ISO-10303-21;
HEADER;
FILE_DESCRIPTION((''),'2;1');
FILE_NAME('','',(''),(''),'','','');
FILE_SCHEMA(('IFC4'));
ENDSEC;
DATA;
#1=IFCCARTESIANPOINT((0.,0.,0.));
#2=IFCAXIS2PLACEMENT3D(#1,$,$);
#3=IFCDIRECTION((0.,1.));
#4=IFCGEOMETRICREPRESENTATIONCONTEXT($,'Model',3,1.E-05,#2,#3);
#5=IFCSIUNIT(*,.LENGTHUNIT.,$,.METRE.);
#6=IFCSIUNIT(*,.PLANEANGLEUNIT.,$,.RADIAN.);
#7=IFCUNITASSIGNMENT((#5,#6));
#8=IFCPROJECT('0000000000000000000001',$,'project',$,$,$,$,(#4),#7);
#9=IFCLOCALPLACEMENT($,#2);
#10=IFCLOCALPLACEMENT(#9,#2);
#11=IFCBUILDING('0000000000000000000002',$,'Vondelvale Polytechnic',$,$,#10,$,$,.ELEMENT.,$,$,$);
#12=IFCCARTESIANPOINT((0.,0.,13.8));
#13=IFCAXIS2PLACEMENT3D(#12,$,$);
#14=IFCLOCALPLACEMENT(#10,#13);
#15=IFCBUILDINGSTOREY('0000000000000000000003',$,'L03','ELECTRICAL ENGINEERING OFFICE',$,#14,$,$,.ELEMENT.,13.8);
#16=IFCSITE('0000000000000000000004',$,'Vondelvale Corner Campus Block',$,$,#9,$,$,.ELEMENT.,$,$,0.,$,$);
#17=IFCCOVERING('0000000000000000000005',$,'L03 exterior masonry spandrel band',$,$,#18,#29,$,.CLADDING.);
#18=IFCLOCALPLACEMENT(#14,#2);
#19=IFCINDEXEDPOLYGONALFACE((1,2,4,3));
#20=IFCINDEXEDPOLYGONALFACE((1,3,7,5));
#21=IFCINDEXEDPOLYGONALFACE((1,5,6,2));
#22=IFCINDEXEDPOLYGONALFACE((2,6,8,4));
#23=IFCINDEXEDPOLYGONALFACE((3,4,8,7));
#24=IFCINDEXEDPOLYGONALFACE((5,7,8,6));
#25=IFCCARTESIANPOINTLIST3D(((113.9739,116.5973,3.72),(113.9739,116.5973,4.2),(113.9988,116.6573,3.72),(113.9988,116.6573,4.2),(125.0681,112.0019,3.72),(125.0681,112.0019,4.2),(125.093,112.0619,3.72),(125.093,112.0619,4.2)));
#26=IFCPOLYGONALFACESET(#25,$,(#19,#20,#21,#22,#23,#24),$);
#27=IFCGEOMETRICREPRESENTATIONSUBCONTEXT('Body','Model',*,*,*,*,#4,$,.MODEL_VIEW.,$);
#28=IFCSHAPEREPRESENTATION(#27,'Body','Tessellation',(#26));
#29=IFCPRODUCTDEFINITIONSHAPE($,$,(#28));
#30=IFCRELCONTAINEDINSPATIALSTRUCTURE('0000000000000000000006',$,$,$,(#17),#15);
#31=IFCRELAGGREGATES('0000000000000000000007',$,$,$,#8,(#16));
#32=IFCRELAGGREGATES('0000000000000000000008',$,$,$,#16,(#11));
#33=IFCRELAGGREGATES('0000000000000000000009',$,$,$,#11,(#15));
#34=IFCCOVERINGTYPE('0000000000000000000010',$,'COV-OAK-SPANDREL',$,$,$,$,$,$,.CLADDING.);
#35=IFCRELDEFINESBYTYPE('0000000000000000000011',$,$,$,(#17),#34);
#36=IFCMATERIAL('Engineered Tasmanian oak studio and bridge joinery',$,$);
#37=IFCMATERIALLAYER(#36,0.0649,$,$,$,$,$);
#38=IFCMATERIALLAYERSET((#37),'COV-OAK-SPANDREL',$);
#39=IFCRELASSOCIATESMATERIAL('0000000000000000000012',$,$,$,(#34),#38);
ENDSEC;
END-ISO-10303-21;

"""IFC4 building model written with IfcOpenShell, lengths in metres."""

from ifc_helpers import new_model, si_unit, direction, frame, origin, origin_2d, place, context, subcontext, project, spatial, rectangle, extrude, material, layer, layer_set, type_object, element, save


model = new_model("IFC4")

# Units and contexts
model_context = context("Model", 3, precision=1e-05, world=origin(), true_north=direction((0.0, 1.0)))
body_context = subcontext(model_context, "Body", "Model", "MODEL_VIEW")
ifc_project = project(units=[si_unit("LENGTHUNIT", "METRE"), si_unit("PLANEANGLEUNIT", "RADIAN")], contexts=[model_context])

# Site, building, storey
site_placement = place(None, origin())
site = spatial("IfcSite", under=ifc_project, at=site_placement, Name="Vondelvale Corner Campus Block", CompositionType="ELEMENT", RefElevation=0.0)
building_placement = place(site_placement, origin())
building = spatial("IfcBuilding", under=site, at=building_placement, Name="Vondelvale Polytechnic", CompositionType="ELEMENT")
storey_placement = place(building_placement, frame((0.0, 0.0, 13.8)))
storey = spatial("IfcBuildingStorey", under=building, at=storey_placement, Name="L03", Description="ELECTRICAL ENGINEERING OFFICE", CompositionType="ELEMENT", Elevation=13.8)

# Shared definitions
ifc_material_1 = material(Name="Engineered Tasmanian oak studio and bridge joinery")

# Covering
ifc_layer_1 = layer(ifc_material_1, 0.0649)
ifc_layer_set_1 = layer_set([ifc_layer_1], Name="COV-OAK-SPANDREL")
covering_type = type_object("IfcCoveringType", Name="COV-OAK-SPANDREL", PredefinedType="CLADDING", material=ifc_layer_set_1)
covering_placement = place(storey_placement, frame((119.5334, 114.3296, 3.72), z_axis=(0.0, 0.0, 1.0), x_axis=(-0.92388, 0.382683, 0.0)))
element("IfcCovering", 1, at=covering_placement, inside=storey, type_object=covering_type, Name="L03 exterior masonry spandrel band", PredefinedType="CLADDING", context=body_context, shape_type="SweptSolid", body=[
    extrude(rectangle(XDim=12.0083, YDim=0.0649, at=origin_2d()), origin(), (0.0, 0.0, 1.0), 0.48),
])

save(model, "model.ifc")
